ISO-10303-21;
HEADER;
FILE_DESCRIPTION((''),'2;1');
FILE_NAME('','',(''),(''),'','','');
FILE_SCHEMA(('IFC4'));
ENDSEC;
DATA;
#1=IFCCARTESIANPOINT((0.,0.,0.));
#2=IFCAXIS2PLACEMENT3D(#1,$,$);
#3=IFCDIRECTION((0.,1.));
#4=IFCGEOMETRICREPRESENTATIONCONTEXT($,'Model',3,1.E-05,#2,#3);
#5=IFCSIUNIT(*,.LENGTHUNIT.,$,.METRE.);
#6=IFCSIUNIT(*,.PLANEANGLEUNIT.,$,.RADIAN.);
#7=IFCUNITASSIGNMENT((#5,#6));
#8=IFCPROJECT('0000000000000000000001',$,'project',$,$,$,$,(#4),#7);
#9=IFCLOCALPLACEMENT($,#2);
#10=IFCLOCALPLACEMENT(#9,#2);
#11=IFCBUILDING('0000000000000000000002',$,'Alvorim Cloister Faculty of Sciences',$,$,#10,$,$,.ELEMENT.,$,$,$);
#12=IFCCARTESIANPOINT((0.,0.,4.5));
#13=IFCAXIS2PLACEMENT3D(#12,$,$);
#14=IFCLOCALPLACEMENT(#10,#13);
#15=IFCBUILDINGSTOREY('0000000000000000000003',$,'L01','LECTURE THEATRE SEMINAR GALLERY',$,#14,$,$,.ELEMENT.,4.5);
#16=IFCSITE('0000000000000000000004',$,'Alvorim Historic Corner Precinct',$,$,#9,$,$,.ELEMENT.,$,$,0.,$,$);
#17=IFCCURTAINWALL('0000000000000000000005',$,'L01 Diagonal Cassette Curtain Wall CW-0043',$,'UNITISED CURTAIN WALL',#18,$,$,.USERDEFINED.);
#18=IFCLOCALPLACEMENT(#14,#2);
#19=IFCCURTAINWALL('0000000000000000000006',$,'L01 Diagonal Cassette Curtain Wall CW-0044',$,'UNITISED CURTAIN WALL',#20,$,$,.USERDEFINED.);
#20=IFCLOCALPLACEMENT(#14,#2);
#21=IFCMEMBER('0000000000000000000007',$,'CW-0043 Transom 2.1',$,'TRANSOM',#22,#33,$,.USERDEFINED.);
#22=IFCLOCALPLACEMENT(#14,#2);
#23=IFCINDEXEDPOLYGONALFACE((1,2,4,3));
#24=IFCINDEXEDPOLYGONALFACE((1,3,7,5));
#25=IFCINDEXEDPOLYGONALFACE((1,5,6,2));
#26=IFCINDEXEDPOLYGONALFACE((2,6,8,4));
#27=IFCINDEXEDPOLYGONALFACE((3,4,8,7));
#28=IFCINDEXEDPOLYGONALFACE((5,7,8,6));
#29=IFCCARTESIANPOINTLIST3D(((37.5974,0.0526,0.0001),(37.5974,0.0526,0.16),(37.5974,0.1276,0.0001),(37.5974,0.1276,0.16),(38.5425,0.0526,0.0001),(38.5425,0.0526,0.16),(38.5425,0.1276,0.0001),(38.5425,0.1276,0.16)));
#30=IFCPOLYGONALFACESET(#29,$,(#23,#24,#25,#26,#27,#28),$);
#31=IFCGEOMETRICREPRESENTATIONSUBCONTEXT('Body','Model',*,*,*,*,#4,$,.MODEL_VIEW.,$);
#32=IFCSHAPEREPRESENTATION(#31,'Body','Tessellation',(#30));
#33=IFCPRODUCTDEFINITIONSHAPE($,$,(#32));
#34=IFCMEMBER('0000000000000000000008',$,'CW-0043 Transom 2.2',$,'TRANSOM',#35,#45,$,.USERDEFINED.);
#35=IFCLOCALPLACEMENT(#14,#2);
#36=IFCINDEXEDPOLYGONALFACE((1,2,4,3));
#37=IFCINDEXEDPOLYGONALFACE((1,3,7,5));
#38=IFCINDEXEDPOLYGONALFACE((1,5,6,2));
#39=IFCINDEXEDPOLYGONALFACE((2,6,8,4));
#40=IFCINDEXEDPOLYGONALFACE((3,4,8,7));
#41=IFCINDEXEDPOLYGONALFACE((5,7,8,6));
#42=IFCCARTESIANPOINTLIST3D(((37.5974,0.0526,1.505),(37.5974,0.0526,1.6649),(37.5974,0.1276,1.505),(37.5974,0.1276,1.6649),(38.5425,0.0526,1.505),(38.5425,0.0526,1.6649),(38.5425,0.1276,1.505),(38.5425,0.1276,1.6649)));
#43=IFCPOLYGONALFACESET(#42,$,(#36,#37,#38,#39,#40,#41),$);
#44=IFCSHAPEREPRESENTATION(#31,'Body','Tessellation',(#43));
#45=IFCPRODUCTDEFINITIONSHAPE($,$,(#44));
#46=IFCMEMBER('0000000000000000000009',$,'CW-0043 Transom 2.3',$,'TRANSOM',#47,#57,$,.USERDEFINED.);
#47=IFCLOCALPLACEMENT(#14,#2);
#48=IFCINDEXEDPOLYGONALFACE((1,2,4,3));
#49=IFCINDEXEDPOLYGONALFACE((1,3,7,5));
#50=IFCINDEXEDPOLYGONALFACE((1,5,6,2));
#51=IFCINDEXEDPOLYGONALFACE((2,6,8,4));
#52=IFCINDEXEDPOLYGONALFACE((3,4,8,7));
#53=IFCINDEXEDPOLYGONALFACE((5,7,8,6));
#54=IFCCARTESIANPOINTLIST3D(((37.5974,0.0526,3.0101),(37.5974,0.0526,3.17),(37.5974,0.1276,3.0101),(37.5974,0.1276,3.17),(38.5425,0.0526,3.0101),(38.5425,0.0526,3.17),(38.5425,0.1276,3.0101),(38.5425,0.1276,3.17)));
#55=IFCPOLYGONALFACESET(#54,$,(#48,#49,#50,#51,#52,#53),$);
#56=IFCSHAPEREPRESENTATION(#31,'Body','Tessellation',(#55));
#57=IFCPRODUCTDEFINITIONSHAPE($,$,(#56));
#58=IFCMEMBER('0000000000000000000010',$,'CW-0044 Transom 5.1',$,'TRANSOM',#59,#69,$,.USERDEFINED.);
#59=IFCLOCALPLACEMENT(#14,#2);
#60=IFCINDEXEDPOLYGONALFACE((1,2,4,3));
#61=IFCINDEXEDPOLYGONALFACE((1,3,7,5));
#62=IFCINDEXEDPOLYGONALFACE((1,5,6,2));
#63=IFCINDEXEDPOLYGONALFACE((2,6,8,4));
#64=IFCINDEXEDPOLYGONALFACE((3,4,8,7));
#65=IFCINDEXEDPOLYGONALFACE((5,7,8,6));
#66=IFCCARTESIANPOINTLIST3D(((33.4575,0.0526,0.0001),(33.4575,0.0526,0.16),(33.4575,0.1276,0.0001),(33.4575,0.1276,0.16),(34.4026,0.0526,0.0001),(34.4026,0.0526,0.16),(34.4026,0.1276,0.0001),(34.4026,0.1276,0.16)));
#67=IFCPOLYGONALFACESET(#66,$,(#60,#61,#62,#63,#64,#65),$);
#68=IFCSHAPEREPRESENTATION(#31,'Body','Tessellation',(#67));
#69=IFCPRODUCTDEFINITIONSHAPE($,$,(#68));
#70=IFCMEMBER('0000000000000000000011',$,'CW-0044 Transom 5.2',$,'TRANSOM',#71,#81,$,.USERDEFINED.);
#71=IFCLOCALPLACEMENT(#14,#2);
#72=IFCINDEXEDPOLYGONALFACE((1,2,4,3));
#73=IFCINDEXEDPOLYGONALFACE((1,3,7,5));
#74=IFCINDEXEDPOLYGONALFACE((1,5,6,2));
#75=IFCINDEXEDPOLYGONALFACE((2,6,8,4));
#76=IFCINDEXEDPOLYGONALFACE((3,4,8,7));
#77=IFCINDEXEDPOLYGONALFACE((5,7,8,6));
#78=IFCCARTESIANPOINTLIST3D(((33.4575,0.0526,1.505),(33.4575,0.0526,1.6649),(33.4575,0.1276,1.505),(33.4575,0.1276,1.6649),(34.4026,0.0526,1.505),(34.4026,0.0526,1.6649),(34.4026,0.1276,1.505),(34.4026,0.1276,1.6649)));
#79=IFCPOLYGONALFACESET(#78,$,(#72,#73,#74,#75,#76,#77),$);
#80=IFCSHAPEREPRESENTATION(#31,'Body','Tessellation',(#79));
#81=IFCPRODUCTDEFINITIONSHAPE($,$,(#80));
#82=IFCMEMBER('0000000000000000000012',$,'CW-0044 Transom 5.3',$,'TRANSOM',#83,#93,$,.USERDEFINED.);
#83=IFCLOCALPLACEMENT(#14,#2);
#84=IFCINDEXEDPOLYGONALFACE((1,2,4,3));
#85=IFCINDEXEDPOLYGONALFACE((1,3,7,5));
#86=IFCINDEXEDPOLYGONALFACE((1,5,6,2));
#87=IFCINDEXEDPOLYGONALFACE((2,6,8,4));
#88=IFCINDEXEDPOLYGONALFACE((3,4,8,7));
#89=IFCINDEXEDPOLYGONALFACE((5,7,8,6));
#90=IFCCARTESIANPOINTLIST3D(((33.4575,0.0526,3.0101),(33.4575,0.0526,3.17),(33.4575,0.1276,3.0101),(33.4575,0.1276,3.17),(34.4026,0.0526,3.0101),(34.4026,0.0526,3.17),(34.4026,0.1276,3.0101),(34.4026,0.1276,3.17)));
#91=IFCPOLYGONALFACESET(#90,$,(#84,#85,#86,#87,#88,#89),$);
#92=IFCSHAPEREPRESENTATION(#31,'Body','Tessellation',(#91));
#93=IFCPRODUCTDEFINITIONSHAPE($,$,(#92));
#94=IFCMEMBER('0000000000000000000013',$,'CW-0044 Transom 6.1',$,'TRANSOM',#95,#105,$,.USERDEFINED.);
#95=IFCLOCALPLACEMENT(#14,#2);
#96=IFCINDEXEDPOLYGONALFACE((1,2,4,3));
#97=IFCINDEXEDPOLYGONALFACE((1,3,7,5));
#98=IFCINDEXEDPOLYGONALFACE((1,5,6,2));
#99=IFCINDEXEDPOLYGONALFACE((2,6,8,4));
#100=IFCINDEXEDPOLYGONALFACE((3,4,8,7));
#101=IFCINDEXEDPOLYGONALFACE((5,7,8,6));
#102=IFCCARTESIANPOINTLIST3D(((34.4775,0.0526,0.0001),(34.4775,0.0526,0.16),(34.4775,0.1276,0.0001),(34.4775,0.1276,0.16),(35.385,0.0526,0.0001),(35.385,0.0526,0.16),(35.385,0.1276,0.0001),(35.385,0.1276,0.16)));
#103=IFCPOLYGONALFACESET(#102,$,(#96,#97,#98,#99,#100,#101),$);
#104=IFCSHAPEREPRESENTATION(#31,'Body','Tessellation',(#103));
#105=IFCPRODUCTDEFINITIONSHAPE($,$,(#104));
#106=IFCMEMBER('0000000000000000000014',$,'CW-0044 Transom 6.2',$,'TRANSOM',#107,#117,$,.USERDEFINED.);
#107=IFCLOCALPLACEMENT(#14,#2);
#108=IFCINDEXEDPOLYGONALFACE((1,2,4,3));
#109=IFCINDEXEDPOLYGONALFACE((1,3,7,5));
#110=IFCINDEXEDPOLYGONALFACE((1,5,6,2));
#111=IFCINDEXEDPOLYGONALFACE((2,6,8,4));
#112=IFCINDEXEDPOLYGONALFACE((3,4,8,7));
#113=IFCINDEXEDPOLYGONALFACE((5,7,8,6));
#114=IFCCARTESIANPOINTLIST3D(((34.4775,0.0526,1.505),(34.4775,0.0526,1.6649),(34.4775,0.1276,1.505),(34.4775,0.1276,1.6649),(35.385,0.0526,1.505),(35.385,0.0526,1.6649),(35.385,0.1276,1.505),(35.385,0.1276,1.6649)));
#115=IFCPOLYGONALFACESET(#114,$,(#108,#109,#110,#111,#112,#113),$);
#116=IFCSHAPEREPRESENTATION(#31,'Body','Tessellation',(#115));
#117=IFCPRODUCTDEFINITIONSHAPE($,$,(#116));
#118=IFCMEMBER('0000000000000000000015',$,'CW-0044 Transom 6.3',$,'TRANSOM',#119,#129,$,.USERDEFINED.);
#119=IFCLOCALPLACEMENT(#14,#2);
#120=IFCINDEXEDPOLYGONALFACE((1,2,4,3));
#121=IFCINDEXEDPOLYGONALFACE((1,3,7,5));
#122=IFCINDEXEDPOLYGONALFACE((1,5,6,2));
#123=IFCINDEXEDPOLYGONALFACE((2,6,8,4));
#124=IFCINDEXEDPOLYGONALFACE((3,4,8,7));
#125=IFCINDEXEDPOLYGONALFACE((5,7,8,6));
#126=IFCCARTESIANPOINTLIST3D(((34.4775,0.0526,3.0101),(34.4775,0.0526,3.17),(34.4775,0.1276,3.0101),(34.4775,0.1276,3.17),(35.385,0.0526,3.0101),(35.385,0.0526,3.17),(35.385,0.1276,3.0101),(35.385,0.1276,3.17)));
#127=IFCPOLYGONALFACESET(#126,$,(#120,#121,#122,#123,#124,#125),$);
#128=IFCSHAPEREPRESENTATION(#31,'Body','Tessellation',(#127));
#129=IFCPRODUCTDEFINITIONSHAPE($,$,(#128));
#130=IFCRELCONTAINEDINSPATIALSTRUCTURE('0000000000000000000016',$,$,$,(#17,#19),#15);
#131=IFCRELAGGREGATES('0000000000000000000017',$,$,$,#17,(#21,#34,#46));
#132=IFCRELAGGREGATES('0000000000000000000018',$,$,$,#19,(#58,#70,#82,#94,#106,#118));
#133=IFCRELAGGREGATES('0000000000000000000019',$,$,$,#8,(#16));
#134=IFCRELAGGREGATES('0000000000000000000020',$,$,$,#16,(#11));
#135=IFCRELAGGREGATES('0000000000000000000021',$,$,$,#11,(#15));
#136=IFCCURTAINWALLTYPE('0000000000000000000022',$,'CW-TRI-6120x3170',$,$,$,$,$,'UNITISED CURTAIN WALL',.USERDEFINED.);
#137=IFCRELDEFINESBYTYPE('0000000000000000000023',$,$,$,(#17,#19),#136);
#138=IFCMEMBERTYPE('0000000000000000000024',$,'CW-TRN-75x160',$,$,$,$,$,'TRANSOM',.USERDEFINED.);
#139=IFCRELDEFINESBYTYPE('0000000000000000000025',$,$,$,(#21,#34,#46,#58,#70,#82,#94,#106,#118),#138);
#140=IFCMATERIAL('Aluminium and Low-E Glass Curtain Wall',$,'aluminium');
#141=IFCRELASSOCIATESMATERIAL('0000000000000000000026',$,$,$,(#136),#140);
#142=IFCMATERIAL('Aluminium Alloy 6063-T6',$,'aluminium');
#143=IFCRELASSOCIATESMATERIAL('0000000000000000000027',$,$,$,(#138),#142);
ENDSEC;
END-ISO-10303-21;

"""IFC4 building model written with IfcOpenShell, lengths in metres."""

from ifc_helpers import new_model, si_unit, direction, frame, origin, origin_2d, place, context, subcontext, project, spatial, rectangle, extrude, material, material_profile, profile_set, type_object, element, aggregate, save


model = new_model("IFC4")

# Units and contexts
model_context = context("Model", 3, precision=1e-05, world=origin(), true_north=direction((0.0, 1.0)))
body_context = subcontext(model_context, "Body", "Model", "MODEL_VIEW")
ifc_project = project(units=[si_unit("LENGTHUNIT", "METRE"), si_unit("PLANEANGLEUNIT", "RADIAN")], contexts=[model_context])

# Site, building, storey
site_placement = place(None, origin())
site = spatial("IfcSite", under=ifc_project, at=site_placement, Name="Alvorim Historic Corner Precinct", CompositionType="ELEMENT", RefElevation=0.0)
building_placement = place(site_placement, origin())
building = spatial("IfcBuilding", under=site, at=building_placement, Name="Alvorim Cloister Faculty of Sciences", CompositionType="ELEMENT")
storey_placement = place(building_placement, frame((0.0, 0.0, 4.5)))
storey = spatial("IfcBuildingStorey", under=building, at=storey_placement, Name="L01", Description="LECTURE THEATRE SEMINAR GALLERY", CompositionType="ELEMENT", Elevation=4.5)

# Curtain walls
ifc_material_1 = material(Name="Aluminium and Low-E Glass Curtain Wall", Category="aluminium")
curtain_wall_type = type_object("IfcCurtainWallType", Name="CW-TRI-6120x3170", ElementType="UNITISED CURTAIN WALL", PredefinedType="USERDEFINED", material=ifc_material_1)
curtain_wall_1_placement = place(storey_placement, origin())
curtain_wall_1 = element("IfcCurtainWall", 1, at=curtain_wall_1_placement, inside=storey, type_object=curtain_wall_type, Name="L01 Diagonal Cassette Curtain Wall CW-0043", ObjectType="UNITISED CURTAIN WALL", PredefinedType="USERDEFINED")
ifc_material_2 = material(Name="Aluminium Alloy 6063-T6", Category="aluminium")
curtain_wall_2_placement = place(storey_placement, origin())
curtain_wall_2 = element("IfcCurtainWall", 2, at=curtain_wall_2_placement, inside=storey, type_object=curtain_wall_type, Name="L01 Diagonal Cassette Curtain Wall CW-0044", ObjectType="UNITISED CURTAIN WALL", PredefinedType="USERDEFINED")

# Members
ifc_material_profile_1 = material_profile(ifc_material_2, rectangle(XDim=0.075, YDim=0.1599, at=origin_2d()), Name="ALU-TRN-75x160")
ifc_profile_set_1 = profile_set([ifc_material_profile_1], Name="Aluminium Alloy 6063-T6")
member_type_1 = type_object("IfcMemberType", Name="CW-TRN-75x160", ElementType="TRANSOM", PredefinedType="USERDEFINED", material=ifc_profile_set_1)
member_1_placement = place(storey_placement, frame((37.5974, 0.0901, 0.0801), z_axis=(1.0, 0.0, 0.0), x_axis=(0.0, 1.0, 0.0)))
member_1 = element("IfcMember", 3, at=member_1_placement, type_object=member_type_1, Name="CW-0043 Transom 2.1", ObjectType="TRANSOM", PredefinedType="USERDEFINED", context=body_context, shape_type="SweptSolid", body=[
    extrude(rectangle(XDim=0.075, YDim=0.1599, at=origin_2d()), origin(), (0.0, 0.0, 1.0), 0.9451),
])
member_2_placement = place(storey_placement, frame((37.5974, 0.0901, 1.585), z_axis=(1.0, 0.0, 0.0), x_axis=(0.0, 1.0, 0.0)))
member_2 = element("IfcMember", 4, at=member_2_placement, type_object=member_type_1, Name="CW-0043 Transom 2.2", ObjectType="TRANSOM", PredefinedType="USERDEFINED", context=body_context, shape_type="SweptSolid", body=[
    extrude(rectangle(XDim=0.075, YDim=0.1599, at=origin_2d()), origin(), (0.0, 0.0, 1.0), 0.9451),
])
member_3_placement = place(storey_placement, frame((37.5974, 0.0901, 3.0901), z_axis=(1.0, 0.0, 0.0), x_axis=(0.0, 1.0, 0.0)))
member_3 = element("IfcMember", 5, at=member_3_placement, type_object=member_type_1, Name="CW-0043 Transom 2.3", ObjectType="TRANSOM", PredefinedType="USERDEFINED", context=body_context, shape_type="SweptSolid", body=[
    extrude(rectangle(XDim=0.075, YDim=0.1599, at=origin_2d()), origin(), (0.0, 0.0, 1.0), 0.9451),
])
aggregate(curtain_wall_1, [member_1, member_2, member_3])
member_4_placement = place(storey_placement, frame((33.4575, 0.0901, 0.0801), z_axis=(1.0, 0.0, 0.0), x_axis=(0.0, 1.0, 0.0)))
member_4 = element("IfcMember", 6, at=member_4_placement, type_object=member_type_1, Name="CW-0044 Transom 5.1", ObjectType="TRANSOM", PredefinedType="USERDEFINED", context=body_context, shape_type="SweptSolid", body=[
    extrude(rectangle(XDim=0.075, YDim=0.1599, at=origin_2d()), origin(), (0.0, 0.0, 1.0), 0.9451),
])
member_5_placement = place(storey_placement, frame((33.4575, 0.0901, 1.585), z_axis=(1.0, 0.0, 0.0), x_axis=(0.0, 1.0, 0.0)))
member_5 = element("IfcMember", 7, at=member_5_placement, type_object=member_type_1, Name="CW-0044 Transom 5.2", ObjectType="TRANSOM", PredefinedType="USERDEFINED", context=body_context, shape_type="SweptSolid", body=[
    extrude(rectangle(XDim=0.075, YDim=0.1599, at=origin_2d()), origin(), (0.0, 0.0, 1.0), 0.9451),
])
member_6_placement = place(storey_placement, frame((33.4575, 0.0901, 3.0901), z_axis=(1.0, 0.0, 0.0), x_axis=(0.0, 1.0, 0.0)))
member_6 = element("IfcMember", 8, at=member_6_placement, type_object=member_type_1, Name="CW-0044 Transom 5.3", ObjectType="TRANSOM", PredefinedType="USERDEFINED", context=body_context, shape_type="SweptSolid", body=[
    extrude(rectangle(XDim=0.075, YDim=0.1599, at=origin_2d()), origin(), (0.0, 0.0, 1.0), 0.9451),
])
member_7_placement = place(storey_placement, frame((34.4775, 0.0901, 0.0801), z_axis=(1.0, 0.0, 0.0), x_axis=(0.0, 1.0, 0.0)))
member_7 = element("IfcMember", 9, at=member_7_placement, type_object=member_type_1, Name="CW-0044 Transom 6.1", ObjectType="TRANSOM", PredefinedType="USERDEFINED", context=body_context, shape_type="SweptSolid", body=[
    extrude(rectangle(XDim=0.075, YDim=0.1599, at=origin_2d()), origin(), (0.0, 0.0, 1.0), 0.9075),
])
member_8_placement = place(storey_placement, frame((34.4775, 0.0901, 1.585), z_axis=(1.0, 0.0, 0.0), x_axis=(0.0, 1.0, 0.0)))
member_8 = element("IfcMember", 10, at=member_8_placement, type_object=member_type_1, Name="CW-0044 Transom 6.2", ObjectType="TRANSOM", PredefinedType="USERDEFINED", context=body_context, shape_type="SweptSolid", body=[
    extrude(rectangle(XDim=0.075, YDim=0.1599, at=origin_2d()), origin(), (0.0, 0.0, 1.0), 0.9075),
])
member_9_placement = place(storey_placement, frame((34.4775, 0.0901, 3.0901), z_axis=(1.0, 0.0, 0.0), x_axis=(0.0, 1.0, 0.0)))
member_9 = element("IfcMember", 11, at=member_9_placement, type_object=member_type_1, Name="CW-0044 Transom 6.3", ObjectType="TRANSOM", PredefinedType="USERDEFINED", context=body_context, shape_type="SweptSolid", body=[
    extrude(rectangle(XDim=0.075, YDim=0.1599, at=origin_2d()), origin(), (0.0, 0.0, 1.0), 0.9075),
])
aggregate(curtain_wall_2, [member_4, member_5, member_6, member_7, member_8, member_9])

save(model, "model.ifc")
